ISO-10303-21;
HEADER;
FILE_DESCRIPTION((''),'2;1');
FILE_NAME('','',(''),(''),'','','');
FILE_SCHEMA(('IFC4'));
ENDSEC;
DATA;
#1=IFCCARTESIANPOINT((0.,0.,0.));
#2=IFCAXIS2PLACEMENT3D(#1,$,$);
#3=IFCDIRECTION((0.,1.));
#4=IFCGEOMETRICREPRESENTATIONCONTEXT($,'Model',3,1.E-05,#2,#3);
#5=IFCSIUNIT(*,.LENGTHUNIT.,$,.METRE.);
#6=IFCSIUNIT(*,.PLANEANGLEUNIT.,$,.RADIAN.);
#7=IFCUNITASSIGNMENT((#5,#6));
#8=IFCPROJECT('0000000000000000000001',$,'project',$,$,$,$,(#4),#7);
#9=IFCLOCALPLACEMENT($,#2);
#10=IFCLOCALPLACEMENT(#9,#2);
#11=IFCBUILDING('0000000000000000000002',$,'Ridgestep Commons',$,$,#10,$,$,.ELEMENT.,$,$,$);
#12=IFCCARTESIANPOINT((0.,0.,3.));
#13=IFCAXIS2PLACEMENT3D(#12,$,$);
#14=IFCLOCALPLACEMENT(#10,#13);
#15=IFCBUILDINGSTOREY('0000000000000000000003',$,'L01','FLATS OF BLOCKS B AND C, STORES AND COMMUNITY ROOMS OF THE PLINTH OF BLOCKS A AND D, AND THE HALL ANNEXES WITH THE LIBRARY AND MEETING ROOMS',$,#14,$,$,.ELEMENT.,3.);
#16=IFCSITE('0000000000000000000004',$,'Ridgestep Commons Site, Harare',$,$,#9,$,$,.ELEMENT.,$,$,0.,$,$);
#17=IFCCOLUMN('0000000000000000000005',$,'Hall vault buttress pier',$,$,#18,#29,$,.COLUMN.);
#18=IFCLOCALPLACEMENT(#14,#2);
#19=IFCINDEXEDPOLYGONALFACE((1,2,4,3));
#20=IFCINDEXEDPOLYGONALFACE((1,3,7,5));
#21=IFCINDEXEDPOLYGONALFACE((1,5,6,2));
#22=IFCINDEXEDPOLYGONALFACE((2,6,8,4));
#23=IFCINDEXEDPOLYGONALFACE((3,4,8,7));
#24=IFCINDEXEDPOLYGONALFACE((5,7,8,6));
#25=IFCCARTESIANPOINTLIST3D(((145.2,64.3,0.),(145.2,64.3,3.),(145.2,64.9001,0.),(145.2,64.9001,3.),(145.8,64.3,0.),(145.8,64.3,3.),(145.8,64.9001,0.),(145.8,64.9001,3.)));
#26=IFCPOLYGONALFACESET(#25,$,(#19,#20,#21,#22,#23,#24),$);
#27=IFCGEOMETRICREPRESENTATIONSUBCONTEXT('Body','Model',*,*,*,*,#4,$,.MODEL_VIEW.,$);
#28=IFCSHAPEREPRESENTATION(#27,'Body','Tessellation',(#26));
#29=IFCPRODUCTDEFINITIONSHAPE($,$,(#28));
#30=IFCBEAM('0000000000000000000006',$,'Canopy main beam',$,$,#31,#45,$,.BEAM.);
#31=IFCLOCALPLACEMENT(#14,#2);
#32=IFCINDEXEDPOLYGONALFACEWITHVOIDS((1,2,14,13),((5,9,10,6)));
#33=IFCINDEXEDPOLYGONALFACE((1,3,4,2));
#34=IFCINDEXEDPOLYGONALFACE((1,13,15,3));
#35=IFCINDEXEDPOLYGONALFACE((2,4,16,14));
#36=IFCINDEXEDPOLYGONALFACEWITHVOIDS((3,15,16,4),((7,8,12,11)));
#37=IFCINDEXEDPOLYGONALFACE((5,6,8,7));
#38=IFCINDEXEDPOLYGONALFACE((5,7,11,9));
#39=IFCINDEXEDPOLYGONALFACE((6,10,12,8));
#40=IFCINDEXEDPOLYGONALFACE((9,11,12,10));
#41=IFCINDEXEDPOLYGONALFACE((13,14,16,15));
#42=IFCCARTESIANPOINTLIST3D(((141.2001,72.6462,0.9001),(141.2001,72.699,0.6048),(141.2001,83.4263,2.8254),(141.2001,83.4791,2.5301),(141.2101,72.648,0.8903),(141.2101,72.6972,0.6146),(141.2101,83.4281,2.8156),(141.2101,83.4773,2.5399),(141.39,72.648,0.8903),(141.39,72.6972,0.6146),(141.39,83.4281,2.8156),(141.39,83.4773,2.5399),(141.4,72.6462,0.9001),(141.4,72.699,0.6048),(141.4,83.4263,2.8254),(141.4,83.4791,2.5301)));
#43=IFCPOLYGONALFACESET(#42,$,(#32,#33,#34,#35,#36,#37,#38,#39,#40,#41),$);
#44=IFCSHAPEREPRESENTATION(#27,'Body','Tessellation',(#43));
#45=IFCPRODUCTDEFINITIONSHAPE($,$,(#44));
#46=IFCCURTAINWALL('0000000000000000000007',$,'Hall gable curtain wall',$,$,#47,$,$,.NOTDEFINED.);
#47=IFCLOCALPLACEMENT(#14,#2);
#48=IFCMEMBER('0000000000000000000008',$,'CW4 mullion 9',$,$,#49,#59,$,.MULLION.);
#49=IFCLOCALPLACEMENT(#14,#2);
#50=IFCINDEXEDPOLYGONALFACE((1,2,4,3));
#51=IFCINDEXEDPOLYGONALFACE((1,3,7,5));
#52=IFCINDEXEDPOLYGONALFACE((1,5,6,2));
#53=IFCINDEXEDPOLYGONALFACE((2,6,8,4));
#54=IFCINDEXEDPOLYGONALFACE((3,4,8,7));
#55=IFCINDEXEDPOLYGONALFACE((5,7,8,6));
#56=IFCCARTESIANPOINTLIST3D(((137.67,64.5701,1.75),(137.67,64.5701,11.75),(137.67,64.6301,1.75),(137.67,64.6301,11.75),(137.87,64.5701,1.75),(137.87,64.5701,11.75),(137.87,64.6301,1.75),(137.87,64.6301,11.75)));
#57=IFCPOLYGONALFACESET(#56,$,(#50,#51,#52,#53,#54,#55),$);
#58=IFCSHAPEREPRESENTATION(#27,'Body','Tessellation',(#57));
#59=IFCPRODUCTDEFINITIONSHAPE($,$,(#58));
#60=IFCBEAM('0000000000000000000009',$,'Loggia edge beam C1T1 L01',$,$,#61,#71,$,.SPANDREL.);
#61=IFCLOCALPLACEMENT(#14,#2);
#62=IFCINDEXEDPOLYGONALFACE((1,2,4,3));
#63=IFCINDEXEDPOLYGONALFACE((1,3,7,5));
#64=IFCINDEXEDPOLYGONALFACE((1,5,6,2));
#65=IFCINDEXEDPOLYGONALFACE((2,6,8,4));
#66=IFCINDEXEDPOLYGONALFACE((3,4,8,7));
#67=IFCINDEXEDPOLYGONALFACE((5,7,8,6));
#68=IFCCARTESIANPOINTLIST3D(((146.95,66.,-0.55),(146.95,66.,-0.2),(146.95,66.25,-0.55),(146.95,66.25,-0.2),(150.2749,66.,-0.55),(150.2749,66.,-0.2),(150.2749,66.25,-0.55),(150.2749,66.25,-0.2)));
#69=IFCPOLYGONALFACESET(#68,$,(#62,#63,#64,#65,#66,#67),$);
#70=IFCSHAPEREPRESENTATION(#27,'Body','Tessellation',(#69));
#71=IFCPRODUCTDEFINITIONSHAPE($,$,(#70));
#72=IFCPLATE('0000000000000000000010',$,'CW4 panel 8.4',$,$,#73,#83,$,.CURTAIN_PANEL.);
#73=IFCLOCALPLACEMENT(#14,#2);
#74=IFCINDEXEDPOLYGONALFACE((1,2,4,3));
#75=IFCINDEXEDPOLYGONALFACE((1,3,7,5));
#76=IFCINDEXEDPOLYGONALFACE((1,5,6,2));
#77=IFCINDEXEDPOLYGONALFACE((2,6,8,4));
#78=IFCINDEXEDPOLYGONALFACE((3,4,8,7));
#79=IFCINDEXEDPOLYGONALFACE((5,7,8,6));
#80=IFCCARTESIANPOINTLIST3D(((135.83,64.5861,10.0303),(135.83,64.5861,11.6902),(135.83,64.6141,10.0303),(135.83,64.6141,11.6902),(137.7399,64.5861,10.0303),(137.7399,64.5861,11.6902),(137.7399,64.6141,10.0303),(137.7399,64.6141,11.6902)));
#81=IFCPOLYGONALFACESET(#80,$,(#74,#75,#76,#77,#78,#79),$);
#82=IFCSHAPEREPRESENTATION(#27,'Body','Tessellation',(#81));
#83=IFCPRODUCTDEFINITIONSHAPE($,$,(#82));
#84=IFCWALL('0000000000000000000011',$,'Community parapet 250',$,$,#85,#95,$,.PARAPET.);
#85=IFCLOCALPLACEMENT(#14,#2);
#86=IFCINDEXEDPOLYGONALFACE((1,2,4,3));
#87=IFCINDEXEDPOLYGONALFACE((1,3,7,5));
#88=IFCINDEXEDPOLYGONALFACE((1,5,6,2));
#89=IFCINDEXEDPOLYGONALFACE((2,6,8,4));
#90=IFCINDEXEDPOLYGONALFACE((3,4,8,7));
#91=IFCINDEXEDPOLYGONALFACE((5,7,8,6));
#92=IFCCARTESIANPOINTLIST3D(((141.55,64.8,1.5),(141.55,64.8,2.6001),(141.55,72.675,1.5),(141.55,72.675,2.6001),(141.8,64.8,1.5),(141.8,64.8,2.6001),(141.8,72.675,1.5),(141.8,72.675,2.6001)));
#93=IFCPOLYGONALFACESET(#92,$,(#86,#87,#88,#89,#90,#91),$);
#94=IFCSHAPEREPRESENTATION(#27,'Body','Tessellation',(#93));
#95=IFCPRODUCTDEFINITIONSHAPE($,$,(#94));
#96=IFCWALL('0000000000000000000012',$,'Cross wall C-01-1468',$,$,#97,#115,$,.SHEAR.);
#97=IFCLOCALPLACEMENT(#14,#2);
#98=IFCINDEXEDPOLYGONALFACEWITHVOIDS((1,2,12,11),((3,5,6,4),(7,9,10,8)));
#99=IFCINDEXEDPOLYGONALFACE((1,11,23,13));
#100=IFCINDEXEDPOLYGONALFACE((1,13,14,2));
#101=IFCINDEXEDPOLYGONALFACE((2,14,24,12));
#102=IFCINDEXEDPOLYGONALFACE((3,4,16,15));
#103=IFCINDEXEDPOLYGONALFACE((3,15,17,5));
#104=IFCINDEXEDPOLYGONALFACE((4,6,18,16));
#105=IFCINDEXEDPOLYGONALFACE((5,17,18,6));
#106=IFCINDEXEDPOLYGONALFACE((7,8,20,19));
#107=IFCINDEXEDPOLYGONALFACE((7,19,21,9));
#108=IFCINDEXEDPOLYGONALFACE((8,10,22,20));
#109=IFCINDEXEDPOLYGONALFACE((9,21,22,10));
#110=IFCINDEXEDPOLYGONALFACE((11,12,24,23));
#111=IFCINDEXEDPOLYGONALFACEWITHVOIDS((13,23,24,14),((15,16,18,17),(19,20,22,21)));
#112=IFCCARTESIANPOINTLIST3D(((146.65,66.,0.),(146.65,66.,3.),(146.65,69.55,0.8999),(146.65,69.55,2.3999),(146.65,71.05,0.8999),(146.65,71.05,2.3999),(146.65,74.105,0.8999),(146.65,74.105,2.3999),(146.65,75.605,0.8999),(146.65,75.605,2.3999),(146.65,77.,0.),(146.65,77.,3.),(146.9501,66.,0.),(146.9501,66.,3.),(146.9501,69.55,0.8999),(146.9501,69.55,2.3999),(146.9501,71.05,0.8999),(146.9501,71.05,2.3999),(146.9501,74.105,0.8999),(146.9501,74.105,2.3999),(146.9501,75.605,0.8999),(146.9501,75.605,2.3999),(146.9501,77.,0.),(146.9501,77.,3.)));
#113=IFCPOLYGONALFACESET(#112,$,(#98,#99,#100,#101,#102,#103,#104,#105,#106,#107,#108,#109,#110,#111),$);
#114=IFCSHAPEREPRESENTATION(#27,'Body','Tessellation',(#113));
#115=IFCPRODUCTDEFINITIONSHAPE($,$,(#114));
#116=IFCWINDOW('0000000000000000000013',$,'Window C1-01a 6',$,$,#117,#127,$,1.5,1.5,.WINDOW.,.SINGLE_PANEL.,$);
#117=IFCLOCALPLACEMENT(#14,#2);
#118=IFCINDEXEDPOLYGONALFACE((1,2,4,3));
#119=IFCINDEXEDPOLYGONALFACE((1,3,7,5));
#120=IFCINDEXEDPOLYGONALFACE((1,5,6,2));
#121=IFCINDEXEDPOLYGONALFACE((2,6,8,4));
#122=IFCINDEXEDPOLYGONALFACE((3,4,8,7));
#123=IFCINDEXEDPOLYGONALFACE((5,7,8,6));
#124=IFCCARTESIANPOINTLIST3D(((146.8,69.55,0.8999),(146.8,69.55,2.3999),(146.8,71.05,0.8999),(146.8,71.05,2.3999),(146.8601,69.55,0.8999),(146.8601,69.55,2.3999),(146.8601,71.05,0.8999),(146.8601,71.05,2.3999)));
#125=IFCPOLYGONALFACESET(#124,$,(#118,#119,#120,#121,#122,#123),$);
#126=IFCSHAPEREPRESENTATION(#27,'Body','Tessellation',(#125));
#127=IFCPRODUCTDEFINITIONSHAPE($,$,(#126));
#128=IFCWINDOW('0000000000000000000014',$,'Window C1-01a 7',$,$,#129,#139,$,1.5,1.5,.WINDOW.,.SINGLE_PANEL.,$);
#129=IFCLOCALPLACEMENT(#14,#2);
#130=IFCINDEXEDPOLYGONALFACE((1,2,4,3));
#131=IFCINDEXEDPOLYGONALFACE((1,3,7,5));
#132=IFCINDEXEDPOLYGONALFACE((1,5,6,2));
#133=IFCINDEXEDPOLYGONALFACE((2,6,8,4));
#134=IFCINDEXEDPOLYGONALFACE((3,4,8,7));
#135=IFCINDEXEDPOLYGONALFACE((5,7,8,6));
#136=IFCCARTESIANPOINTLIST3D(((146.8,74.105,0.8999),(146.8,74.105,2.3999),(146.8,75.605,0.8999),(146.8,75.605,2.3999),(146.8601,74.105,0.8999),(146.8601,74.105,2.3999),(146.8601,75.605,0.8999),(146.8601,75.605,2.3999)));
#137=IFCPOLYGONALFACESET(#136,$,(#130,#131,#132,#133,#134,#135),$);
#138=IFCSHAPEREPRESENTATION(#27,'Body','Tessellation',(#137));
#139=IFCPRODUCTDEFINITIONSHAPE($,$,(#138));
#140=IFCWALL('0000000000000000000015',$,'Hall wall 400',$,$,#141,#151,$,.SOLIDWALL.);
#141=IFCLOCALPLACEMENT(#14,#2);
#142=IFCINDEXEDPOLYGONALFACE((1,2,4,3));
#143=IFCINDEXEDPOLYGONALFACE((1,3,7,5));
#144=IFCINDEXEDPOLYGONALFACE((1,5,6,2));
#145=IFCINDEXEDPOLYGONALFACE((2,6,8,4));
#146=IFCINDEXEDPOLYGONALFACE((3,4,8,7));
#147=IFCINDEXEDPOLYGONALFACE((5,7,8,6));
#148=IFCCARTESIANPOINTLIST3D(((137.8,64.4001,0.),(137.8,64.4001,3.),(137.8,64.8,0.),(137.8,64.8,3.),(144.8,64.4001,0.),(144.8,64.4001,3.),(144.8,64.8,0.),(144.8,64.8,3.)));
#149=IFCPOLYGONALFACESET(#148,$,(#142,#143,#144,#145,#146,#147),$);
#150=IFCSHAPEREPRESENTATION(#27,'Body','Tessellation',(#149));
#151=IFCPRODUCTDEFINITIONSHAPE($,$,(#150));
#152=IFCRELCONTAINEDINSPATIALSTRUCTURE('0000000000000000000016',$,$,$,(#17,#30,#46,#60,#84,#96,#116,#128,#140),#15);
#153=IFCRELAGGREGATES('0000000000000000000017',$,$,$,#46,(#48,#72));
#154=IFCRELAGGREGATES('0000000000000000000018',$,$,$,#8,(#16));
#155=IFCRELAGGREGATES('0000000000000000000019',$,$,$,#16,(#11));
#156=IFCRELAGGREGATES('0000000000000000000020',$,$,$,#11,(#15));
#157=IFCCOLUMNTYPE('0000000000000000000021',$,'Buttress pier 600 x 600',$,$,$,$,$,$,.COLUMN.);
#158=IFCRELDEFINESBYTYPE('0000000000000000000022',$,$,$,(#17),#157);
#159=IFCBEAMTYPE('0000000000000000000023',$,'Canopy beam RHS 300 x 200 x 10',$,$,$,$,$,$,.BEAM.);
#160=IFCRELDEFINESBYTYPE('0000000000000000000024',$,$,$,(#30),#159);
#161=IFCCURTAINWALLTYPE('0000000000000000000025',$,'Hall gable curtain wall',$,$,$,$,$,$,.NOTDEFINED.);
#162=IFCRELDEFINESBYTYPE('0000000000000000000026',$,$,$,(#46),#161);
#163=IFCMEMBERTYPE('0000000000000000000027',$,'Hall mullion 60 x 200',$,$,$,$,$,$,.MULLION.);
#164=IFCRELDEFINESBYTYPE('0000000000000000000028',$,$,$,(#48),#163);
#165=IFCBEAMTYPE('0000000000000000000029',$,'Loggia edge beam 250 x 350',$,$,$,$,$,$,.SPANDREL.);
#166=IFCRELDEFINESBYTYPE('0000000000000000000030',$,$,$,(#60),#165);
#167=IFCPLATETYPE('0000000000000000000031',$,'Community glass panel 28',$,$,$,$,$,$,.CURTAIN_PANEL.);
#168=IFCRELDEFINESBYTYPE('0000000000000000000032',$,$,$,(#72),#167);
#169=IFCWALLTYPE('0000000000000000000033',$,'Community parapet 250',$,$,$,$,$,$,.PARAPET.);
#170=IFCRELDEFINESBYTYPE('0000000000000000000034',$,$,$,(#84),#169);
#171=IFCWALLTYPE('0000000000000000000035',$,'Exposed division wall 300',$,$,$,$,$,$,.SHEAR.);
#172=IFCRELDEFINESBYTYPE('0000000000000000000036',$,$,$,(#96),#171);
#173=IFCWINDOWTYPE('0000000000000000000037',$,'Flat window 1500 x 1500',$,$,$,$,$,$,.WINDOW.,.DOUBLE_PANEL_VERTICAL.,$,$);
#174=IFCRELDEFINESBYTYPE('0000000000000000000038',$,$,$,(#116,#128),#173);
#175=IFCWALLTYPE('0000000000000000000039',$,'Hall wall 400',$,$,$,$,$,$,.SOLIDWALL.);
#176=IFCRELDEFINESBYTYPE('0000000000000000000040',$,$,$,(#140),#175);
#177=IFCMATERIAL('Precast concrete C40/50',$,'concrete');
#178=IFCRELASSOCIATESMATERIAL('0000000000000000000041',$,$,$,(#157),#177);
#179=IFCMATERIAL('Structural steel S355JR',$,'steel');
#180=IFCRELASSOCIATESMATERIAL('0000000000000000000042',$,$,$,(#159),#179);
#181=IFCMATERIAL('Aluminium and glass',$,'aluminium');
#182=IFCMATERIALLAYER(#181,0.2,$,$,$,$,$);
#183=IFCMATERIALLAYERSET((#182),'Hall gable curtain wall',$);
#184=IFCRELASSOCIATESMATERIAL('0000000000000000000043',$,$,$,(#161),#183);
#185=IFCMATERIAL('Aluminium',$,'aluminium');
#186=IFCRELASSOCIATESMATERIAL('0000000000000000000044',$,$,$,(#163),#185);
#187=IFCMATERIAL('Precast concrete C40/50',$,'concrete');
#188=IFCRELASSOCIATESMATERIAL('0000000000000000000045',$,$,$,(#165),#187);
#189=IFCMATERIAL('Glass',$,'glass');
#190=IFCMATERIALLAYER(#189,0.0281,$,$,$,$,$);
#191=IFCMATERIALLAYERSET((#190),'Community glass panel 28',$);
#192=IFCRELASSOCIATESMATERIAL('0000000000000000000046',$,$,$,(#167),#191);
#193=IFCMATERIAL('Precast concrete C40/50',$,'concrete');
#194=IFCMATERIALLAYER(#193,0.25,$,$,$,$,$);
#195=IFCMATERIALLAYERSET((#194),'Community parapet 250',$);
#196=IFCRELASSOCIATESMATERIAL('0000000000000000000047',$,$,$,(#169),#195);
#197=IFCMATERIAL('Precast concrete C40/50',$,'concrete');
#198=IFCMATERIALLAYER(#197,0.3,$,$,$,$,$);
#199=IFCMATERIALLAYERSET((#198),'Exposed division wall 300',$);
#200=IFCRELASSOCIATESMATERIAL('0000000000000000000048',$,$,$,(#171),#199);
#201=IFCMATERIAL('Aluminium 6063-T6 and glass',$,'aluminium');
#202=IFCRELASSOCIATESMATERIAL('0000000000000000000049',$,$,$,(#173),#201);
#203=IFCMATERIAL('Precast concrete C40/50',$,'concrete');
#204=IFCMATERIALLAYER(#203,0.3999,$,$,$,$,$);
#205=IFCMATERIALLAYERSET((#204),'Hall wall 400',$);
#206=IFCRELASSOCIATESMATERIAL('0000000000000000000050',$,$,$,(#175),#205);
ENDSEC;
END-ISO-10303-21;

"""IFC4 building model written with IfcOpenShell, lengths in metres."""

from ifc_helpers import new_model, si_unit, direction, frame, frame_2d, origin, origin_2d, place, context, subcontext, project, spatial, rectangle, hollow_rectangle, extrude, material, layer, layer_set, material_profile, profile_set, type_object, element, fill, aggregate, save


model = new_model("IFC4")

# Units and contexts
model_context = context("Model", 3, precision=1e-05, world=origin(), true_north=direction((0.0, 1.0)))
body_context = subcontext(model_context, "Body", "Model", "MODEL_VIEW")
ifc_project = project(units=[si_unit("LENGTHUNIT", "METRE"), si_unit("PLANEANGLEUNIT", "RADIAN")], contexts=[model_context])

# Site, building, storey
site_placement = place(None, origin())
site = spatial("IfcSite", under=ifc_project, at=site_placement, Name="Ridgestep Commons Site, Harare", CompositionType="ELEMENT", RefElevation=0.0)
building_placement = place(site_placement, origin())
building = spatial("IfcBuilding", under=site, at=building_placement, Name="Ridgestep Commons", CompositionType="ELEMENT")
storey_placement = place(building_placement, frame((0.0, 0.0, 3.0)))
storey = spatial("IfcBuildingStorey", under=building, at=storey_placement, Name="L01", Description="FLATS OF BLOCKS B AND C, STORES AND COMMUNITY ROOMS OF THE PLINTH OF BLOCKS A AND D, AND THE HALL ANNEXES WITH THE LIBRARY AND MEETING ROOMS", CompositionType="ELEMENT", Elevation=3.0)

# Column
ifc_material_1 = material(Name="Precast concrete C40/50", Category="concrete")
ifc_material_profile_1 = material_profile(ifc_material_1, rectangle(XDim=0.6001, YDim=0.6001, at=origin_2d()), Name="Buttress pier 600 x 600")
ifc_profile_set_1 = profile_set([ifc_material_profile_1], Name="Precast concrete C40/50")
column_type = type_object("IfcColumnType", Name="Buttress pier 600 x 600", PredefinedType="COLUMN", material=ifc_profile_set_1)
column_placement = place(storey_placement, frame((145.5, 64.6001, 0.0), z_axis=(0.0, 0.0, 1.0), x_axis=(1.0, 0.0, 0.0)))
element("IfcColumn", 1, at=column_placement, inside=storey, type_object=column_type, Name="Hall vault buttress pier", PredefinedType="COLUMN", context=body_context, shape_type="SweptSolid", body=[
    extrude(rectangle(XDim=0.6001, YDim=0.6001, at=origin_2d()), origin(), (0.0, 0.0, 1.0), 3.0),
])

# Beam
ifc_material_2 = material(Name="Structural steel S355JR", Category="steel")
ifc_material_profile_2 = material_profile(ifc_material_2, hollow_rectangle(XDim=0.2, YDim=0.3, WallThickness=0.01, at=origin_2d()), Name="RHS 300x200x10")
ifc_profile_set_2 = profile_set([ifc_material_profile_2], Name="Structural steel S355JR")
beam_type_1 = type_object("IfcBeamType", Name="Canopy beam RHS 300 x 200 x 10", PredefinedType="BEAM", material=ifc_profile_set_2)
beam_1_placement = place(storey_placement, frame((141.3, 72.6726, 0.7524), z_axis=(0.0, 0.984423, 0.175816), x_axis=(-1.0, 0.0, 0.0)))
element("IfcBeam", 2, at=beam_1_placement, inside=storey, type_object=beam_type_1, Name="Canopy main beam", PredefinedType="BEAM", context=body_context, shape_type="SweptSolid", body=[
    extrude(hollow_rectangle(XDim=0.2, YDim=0.3, WallThickness=0.01, at=origin_2d()), origin(), (0.0, 0.0, 1.0), 10.9507),
])

# Curtain wall, member
ifc_material_3 = material(Name="Aluminium and glass", Category="aluminium")
ifc_layer_1 = layer(ifc_material_3, 0.2)
ifc_layer_set_1 = layer_set([ifc_layer_1], Name="Hall gable curtain wall")
curtain_wall_type = type_object("IfcCurtainWallType", Name="Hall gable curtain wall", PredefinedType="NOTDEFINED", material=ifc_layer_set_1)
curtain_wall_placement = place(storey_placement, origin())
curtain_wall = element("IfcCurtainWall", 3, at=curtain_wall_placement, inside=storey, type_object=curtain_wall_type, Name="Hall gable curtain wall", PredefinedType="NOTDEFINED")
ifc_material_4 = material(Name="Aluminium", Category="aluminium")
ifc_material_profile_3 = material_profile(ifc_material_4, rectangle(XDim=0.0601, YDim=0.2, at=origin_2d()), Name="Hall mullion 60 x 200")
ifc_profile_set_3 = profile_set([ifc_material_profile_3], Name="Aluminium")
member_type = type_object("IfcMemberType", Name="Hall mullion 60 x 200", PredefinedType="MULLION", material=ifc_profile_set_3)
member_placement = place(storey_placement, frame((137.77, 64.6001, 1.75), z_axis=(0.0, 0.0, 1.0), x_axis=(0.0, 1.0, 0.0)))
member = element("IfcMember", 4, at=member_placement, type_object=member_type, Name="CW4 mullion 9", PredefinedType="MULLION", context=body_context, shape_type="SweptSolid", body=[
    extrude(rectangle(XDim=0.0601, YDim=0.2, at=origin_2d()), origin(), (0.0, 0.0, 1.0), 10.0),
])

# Beam
ifc_material_5 = material(Name="Precast concrete C40/50", Category="concrete")
ifc_material_profile_4 = material_profile(ifc_material_5, rectangle(XDim=0.25, YDim=0.3501, at=origin_2d()), Name="PC 250x350")
ifc_profile_set_4 = profile_set([ifc_material_profile_4], Name="Precast concrete C40/50")
beam_type_2 = type_object("IfcBeamType", Name="Loggia edge beam 250 x 350", PredefinedType="SPANDREL", material=ifc_profile_set_4)
beam_2_placement = place(storey_placement, frame((146.95, 66.125, -0.375), z_axis=(1.0, 0.0, 0.0), x_axis=(0.0, 1.0, 0.0)))
element("IfcBeam", 5, at=beam_2_placement, inside=storey, type_object=beam_type_2, Name="Loggia edge beam C1T1 L01", PredefinedType="SPANDREL", context=body_context, shape_type="SweptSolid", body=[
    extrude(rectangle(XDim=0.25, YDim=0.3501, at=origin_2d()), origin(), (0.0, 0.0, 1.0), 3.325),
])

# Plate
ifc_material_6 = material(Name="Glass", Category="glass")
ifc_layer_2 = layer(ifc_material_6, 0.0281)
ifc_layer_set_2 = layer_set([ifc_layer_2], Name="Community glass panel 28")
plate_type = type_object("IfcPlateType", Name="Community glass panel 28", PredefinedType="CURTAIN_PANEL", material=ifc_layer_set_2)
plate_placement = place(storey_placement, frame((136.7849, 64.6001, 10.0303), z_axis=(0.0, 0.0, 1.0), x_axis=(1.0, 0.0, 0.0)))
plate = element("IfcPlate", 6, at=plate_placement, type_object=plate_type, Name="CW4 panel 8.4", PredefinedType="CURTAIN_PANEL", context=body_context, shape_type="SweptSolid", body=[
    extrude(rectangle(XDim=1.9099, YDim=0.0281, at=origin_2d()), origin(), (0.0, 0.0, 1.0), 1.6599),
])
aggregate(curtain_wall, [member, plate])

# Wall
ifc_material_7 = material(Name="Precast concrete C40/50", Category="concrete")
ifc_layer_3 = layer(ifc_material_7, 0.25)
ifc_layer_set_3 = layer_set([ifc_layer_3], Name="Community parapet 250")
wall_type_1 = type_object("IfcWallType", Name="Community parapet 250", PredefinedType="PARAPET", material=ifc_layer_set_3)
wall_1_placement = place(storey_placement, frame((141.675, 64.8, 1.5), z_axis=(0.0, 0.0, 1.0), x_axis=(0.0, 1.0, 0.0)))
element("IfcWall", 7, at=wall_1_placement, inside=storey, type_object=wall_type_1, Name="Community parapet 250", PredefinedType="PARAPET", context=body_context, shape_type="SweptSolid", body=[
    extrude(rectangle(XDim=7.875, YDim=0.25, at=frame_2d((3.9375, 0.0))), origin(), (0.0, 0.0, 1.0), 1.1001),
])

# Wall, openings, windows
ifc_material_8 = material(Name="Precast concrete C40/50", Category="concrete")
ifc_layer_4 = layer(ifc_material_8, 0.3)
ifc_layer_set_4 = layer_set([ifc_layer_4], Name="Exposed division wall 300")
wall_type_2 = type_object("IfcWallType", Name="Exposed division wall 300", PredefinedType="SHEAR", material=ifc_layer_set_4)
wall_2_placement = place(storey_placement, frame((146.8, 66.0, 0.0), z_axis=(0.0, 0.0, 1.0), x_axis=(0.0, 1.0, 0.0)))
wall_2 = element("IfcWall", 8, at=wall_2_placement, inside=storey, type_object=wall_type_2, Name="Cross wall C-01-1468", PredefinedType="SHEAR", context=body_context, shape_type="SweptSolid", body=[
    extrude(rectangle(XDim=11.0, YDim=0.3, at=frame_2d((5.5, 0.0))), origin(), (0.0, 0.0, 1.0), 3.0),
])
opening_1_placement = place(wall_2_placement, frame((3.55, 0.0, 0.8999)))
opening_1 = element("IfcOpeningElement", 9, at=opening_1_placement, cuts=wall_2, PredefinedType="OPENING", context=body_context, shape_type="SweptSolid", body=[
    extrude(rectangle(XDim=1.5, YDim=1.5, at=frame_2d((0.75, 0.75))), frame((0.0, 0.1599, 0.0), z_axis=(0.0, -1.0, 0.0), x_axis=(1.0, 0.0, 0.0)), (0.0, 0.0, 1.0), 0.3201),
])
opening_2_placement = place(wall_2_placement, frame((8.105, 0.0, 0.8999)))
opening_2 = element("IfcOpeningElement", 10, at=opening_2_placement, cuts=wall_2, PredefinedType="OPENING", context=body_context, shape_type="SweptSolid", body=[
    extrude(rectangle(XDim=1.5, YDim=1.5, at=frame_2d((0.75, 0.75))), frame((0.0, 0.1599, 0.0), z_axis=(0.0, -1.0, 0.0), x_axis=(1.0, 0.0, 0.0)), (0.0, 0.0, 1.0), 0.3201),
])
ifc_material_9 = material(Name="Aluminium 6063-T6 and glass", Category="aluminium")
window_type = type_object("IfcWindowType", Name="Flat window 1500 x 1500", PartitioningType="DOUBLE_PANEL_VERTICAL", PredefinedType="WINDOW", material=ifc_material_9)
window_1_placement = place(opening_1_placement, origin())
window_1 = element("IfcWindow", 11, at=window_1_placement, inside=storey, type_object=window_type, Name="Window C1-01a 6", OverallHeight=1.5, OverallWidth=1.5, PartitioningType="SINGLE_PANEL", PredefinedType="WINDOW", context=body_context, shape_type="SweptSolid", body=[
    extrude(rectangle(XDim=1.5, YDim=1.5, at=frame_2d((0.75, 0.75))), frame((0.0, 0.0, 0.0), z_axis=(0.0, -1.0, 0.0), x_axis=(1.0, 0.0, 0.0)), (0.0, 0.0, 1.0), 0.0601),
])
fill(opening_1, window_1)
window_2_placement = place(opening_2_placement, origin())
window_2 = element("IfcWindow", 12, at=window_2_placement, inside=storey, type_object=window_type, Name="Window C1-01a 7", OverallHeight=1.5, OverallWidth=1.5, PartitioningType="SINGLE_PANEL", PredefinedType="WINDOW", context=body_context, shape_type="SweptSolid", body=[
    extrude(rectangle(XDim=1.5, YDim=1.5, at=frame_2d((0.75, 0.75))), frame((0.0, 0.0, 0.0), z_axis=(0.0, -1.0, 0.0), x_axis=(1.0, 0.0, 0.0)), (0.0, 0.0, 1.0), 0.0601),
])
fill(opening_2, window_2)

# Wall
ifc_material_10 = material(Name="Precast concrete C40/50", Category="concrete")
ifc_layer_5 = layer(ifc_material_10, 0.3999)
ifc_layer_set_5 = layer_set([ifc_layer_5], Name="Hall wall 400")
wall_type_3 = type_object("IfcWallType", Name="Hall wall 400", PredefinedType="SOLIDWALL", material=ifc_layer_set_5)
wall_3_placement = place(storey_placement, frame((137.8, 64.6001, 0.0), z_axis=(0.0, 0.0, 1.0), x_axis=(1.0, 0.0, 0.0)))
element("IfcWall", 13, at=wall_3_placement, inside=storey, type_object=wall_type_3, Name="Hall wall 400", PredefinedType="SOLIDWALL", context=body_context, shape_type="SweptSolid", body=[
    extrude(rectangle(XDim=7.0, YDim=0.3999, at=frame_2d((3.5, 0.0))), origin(), (0.0, 0.0, 1.0), 3.0),
])

save(model, "model.ifc")
